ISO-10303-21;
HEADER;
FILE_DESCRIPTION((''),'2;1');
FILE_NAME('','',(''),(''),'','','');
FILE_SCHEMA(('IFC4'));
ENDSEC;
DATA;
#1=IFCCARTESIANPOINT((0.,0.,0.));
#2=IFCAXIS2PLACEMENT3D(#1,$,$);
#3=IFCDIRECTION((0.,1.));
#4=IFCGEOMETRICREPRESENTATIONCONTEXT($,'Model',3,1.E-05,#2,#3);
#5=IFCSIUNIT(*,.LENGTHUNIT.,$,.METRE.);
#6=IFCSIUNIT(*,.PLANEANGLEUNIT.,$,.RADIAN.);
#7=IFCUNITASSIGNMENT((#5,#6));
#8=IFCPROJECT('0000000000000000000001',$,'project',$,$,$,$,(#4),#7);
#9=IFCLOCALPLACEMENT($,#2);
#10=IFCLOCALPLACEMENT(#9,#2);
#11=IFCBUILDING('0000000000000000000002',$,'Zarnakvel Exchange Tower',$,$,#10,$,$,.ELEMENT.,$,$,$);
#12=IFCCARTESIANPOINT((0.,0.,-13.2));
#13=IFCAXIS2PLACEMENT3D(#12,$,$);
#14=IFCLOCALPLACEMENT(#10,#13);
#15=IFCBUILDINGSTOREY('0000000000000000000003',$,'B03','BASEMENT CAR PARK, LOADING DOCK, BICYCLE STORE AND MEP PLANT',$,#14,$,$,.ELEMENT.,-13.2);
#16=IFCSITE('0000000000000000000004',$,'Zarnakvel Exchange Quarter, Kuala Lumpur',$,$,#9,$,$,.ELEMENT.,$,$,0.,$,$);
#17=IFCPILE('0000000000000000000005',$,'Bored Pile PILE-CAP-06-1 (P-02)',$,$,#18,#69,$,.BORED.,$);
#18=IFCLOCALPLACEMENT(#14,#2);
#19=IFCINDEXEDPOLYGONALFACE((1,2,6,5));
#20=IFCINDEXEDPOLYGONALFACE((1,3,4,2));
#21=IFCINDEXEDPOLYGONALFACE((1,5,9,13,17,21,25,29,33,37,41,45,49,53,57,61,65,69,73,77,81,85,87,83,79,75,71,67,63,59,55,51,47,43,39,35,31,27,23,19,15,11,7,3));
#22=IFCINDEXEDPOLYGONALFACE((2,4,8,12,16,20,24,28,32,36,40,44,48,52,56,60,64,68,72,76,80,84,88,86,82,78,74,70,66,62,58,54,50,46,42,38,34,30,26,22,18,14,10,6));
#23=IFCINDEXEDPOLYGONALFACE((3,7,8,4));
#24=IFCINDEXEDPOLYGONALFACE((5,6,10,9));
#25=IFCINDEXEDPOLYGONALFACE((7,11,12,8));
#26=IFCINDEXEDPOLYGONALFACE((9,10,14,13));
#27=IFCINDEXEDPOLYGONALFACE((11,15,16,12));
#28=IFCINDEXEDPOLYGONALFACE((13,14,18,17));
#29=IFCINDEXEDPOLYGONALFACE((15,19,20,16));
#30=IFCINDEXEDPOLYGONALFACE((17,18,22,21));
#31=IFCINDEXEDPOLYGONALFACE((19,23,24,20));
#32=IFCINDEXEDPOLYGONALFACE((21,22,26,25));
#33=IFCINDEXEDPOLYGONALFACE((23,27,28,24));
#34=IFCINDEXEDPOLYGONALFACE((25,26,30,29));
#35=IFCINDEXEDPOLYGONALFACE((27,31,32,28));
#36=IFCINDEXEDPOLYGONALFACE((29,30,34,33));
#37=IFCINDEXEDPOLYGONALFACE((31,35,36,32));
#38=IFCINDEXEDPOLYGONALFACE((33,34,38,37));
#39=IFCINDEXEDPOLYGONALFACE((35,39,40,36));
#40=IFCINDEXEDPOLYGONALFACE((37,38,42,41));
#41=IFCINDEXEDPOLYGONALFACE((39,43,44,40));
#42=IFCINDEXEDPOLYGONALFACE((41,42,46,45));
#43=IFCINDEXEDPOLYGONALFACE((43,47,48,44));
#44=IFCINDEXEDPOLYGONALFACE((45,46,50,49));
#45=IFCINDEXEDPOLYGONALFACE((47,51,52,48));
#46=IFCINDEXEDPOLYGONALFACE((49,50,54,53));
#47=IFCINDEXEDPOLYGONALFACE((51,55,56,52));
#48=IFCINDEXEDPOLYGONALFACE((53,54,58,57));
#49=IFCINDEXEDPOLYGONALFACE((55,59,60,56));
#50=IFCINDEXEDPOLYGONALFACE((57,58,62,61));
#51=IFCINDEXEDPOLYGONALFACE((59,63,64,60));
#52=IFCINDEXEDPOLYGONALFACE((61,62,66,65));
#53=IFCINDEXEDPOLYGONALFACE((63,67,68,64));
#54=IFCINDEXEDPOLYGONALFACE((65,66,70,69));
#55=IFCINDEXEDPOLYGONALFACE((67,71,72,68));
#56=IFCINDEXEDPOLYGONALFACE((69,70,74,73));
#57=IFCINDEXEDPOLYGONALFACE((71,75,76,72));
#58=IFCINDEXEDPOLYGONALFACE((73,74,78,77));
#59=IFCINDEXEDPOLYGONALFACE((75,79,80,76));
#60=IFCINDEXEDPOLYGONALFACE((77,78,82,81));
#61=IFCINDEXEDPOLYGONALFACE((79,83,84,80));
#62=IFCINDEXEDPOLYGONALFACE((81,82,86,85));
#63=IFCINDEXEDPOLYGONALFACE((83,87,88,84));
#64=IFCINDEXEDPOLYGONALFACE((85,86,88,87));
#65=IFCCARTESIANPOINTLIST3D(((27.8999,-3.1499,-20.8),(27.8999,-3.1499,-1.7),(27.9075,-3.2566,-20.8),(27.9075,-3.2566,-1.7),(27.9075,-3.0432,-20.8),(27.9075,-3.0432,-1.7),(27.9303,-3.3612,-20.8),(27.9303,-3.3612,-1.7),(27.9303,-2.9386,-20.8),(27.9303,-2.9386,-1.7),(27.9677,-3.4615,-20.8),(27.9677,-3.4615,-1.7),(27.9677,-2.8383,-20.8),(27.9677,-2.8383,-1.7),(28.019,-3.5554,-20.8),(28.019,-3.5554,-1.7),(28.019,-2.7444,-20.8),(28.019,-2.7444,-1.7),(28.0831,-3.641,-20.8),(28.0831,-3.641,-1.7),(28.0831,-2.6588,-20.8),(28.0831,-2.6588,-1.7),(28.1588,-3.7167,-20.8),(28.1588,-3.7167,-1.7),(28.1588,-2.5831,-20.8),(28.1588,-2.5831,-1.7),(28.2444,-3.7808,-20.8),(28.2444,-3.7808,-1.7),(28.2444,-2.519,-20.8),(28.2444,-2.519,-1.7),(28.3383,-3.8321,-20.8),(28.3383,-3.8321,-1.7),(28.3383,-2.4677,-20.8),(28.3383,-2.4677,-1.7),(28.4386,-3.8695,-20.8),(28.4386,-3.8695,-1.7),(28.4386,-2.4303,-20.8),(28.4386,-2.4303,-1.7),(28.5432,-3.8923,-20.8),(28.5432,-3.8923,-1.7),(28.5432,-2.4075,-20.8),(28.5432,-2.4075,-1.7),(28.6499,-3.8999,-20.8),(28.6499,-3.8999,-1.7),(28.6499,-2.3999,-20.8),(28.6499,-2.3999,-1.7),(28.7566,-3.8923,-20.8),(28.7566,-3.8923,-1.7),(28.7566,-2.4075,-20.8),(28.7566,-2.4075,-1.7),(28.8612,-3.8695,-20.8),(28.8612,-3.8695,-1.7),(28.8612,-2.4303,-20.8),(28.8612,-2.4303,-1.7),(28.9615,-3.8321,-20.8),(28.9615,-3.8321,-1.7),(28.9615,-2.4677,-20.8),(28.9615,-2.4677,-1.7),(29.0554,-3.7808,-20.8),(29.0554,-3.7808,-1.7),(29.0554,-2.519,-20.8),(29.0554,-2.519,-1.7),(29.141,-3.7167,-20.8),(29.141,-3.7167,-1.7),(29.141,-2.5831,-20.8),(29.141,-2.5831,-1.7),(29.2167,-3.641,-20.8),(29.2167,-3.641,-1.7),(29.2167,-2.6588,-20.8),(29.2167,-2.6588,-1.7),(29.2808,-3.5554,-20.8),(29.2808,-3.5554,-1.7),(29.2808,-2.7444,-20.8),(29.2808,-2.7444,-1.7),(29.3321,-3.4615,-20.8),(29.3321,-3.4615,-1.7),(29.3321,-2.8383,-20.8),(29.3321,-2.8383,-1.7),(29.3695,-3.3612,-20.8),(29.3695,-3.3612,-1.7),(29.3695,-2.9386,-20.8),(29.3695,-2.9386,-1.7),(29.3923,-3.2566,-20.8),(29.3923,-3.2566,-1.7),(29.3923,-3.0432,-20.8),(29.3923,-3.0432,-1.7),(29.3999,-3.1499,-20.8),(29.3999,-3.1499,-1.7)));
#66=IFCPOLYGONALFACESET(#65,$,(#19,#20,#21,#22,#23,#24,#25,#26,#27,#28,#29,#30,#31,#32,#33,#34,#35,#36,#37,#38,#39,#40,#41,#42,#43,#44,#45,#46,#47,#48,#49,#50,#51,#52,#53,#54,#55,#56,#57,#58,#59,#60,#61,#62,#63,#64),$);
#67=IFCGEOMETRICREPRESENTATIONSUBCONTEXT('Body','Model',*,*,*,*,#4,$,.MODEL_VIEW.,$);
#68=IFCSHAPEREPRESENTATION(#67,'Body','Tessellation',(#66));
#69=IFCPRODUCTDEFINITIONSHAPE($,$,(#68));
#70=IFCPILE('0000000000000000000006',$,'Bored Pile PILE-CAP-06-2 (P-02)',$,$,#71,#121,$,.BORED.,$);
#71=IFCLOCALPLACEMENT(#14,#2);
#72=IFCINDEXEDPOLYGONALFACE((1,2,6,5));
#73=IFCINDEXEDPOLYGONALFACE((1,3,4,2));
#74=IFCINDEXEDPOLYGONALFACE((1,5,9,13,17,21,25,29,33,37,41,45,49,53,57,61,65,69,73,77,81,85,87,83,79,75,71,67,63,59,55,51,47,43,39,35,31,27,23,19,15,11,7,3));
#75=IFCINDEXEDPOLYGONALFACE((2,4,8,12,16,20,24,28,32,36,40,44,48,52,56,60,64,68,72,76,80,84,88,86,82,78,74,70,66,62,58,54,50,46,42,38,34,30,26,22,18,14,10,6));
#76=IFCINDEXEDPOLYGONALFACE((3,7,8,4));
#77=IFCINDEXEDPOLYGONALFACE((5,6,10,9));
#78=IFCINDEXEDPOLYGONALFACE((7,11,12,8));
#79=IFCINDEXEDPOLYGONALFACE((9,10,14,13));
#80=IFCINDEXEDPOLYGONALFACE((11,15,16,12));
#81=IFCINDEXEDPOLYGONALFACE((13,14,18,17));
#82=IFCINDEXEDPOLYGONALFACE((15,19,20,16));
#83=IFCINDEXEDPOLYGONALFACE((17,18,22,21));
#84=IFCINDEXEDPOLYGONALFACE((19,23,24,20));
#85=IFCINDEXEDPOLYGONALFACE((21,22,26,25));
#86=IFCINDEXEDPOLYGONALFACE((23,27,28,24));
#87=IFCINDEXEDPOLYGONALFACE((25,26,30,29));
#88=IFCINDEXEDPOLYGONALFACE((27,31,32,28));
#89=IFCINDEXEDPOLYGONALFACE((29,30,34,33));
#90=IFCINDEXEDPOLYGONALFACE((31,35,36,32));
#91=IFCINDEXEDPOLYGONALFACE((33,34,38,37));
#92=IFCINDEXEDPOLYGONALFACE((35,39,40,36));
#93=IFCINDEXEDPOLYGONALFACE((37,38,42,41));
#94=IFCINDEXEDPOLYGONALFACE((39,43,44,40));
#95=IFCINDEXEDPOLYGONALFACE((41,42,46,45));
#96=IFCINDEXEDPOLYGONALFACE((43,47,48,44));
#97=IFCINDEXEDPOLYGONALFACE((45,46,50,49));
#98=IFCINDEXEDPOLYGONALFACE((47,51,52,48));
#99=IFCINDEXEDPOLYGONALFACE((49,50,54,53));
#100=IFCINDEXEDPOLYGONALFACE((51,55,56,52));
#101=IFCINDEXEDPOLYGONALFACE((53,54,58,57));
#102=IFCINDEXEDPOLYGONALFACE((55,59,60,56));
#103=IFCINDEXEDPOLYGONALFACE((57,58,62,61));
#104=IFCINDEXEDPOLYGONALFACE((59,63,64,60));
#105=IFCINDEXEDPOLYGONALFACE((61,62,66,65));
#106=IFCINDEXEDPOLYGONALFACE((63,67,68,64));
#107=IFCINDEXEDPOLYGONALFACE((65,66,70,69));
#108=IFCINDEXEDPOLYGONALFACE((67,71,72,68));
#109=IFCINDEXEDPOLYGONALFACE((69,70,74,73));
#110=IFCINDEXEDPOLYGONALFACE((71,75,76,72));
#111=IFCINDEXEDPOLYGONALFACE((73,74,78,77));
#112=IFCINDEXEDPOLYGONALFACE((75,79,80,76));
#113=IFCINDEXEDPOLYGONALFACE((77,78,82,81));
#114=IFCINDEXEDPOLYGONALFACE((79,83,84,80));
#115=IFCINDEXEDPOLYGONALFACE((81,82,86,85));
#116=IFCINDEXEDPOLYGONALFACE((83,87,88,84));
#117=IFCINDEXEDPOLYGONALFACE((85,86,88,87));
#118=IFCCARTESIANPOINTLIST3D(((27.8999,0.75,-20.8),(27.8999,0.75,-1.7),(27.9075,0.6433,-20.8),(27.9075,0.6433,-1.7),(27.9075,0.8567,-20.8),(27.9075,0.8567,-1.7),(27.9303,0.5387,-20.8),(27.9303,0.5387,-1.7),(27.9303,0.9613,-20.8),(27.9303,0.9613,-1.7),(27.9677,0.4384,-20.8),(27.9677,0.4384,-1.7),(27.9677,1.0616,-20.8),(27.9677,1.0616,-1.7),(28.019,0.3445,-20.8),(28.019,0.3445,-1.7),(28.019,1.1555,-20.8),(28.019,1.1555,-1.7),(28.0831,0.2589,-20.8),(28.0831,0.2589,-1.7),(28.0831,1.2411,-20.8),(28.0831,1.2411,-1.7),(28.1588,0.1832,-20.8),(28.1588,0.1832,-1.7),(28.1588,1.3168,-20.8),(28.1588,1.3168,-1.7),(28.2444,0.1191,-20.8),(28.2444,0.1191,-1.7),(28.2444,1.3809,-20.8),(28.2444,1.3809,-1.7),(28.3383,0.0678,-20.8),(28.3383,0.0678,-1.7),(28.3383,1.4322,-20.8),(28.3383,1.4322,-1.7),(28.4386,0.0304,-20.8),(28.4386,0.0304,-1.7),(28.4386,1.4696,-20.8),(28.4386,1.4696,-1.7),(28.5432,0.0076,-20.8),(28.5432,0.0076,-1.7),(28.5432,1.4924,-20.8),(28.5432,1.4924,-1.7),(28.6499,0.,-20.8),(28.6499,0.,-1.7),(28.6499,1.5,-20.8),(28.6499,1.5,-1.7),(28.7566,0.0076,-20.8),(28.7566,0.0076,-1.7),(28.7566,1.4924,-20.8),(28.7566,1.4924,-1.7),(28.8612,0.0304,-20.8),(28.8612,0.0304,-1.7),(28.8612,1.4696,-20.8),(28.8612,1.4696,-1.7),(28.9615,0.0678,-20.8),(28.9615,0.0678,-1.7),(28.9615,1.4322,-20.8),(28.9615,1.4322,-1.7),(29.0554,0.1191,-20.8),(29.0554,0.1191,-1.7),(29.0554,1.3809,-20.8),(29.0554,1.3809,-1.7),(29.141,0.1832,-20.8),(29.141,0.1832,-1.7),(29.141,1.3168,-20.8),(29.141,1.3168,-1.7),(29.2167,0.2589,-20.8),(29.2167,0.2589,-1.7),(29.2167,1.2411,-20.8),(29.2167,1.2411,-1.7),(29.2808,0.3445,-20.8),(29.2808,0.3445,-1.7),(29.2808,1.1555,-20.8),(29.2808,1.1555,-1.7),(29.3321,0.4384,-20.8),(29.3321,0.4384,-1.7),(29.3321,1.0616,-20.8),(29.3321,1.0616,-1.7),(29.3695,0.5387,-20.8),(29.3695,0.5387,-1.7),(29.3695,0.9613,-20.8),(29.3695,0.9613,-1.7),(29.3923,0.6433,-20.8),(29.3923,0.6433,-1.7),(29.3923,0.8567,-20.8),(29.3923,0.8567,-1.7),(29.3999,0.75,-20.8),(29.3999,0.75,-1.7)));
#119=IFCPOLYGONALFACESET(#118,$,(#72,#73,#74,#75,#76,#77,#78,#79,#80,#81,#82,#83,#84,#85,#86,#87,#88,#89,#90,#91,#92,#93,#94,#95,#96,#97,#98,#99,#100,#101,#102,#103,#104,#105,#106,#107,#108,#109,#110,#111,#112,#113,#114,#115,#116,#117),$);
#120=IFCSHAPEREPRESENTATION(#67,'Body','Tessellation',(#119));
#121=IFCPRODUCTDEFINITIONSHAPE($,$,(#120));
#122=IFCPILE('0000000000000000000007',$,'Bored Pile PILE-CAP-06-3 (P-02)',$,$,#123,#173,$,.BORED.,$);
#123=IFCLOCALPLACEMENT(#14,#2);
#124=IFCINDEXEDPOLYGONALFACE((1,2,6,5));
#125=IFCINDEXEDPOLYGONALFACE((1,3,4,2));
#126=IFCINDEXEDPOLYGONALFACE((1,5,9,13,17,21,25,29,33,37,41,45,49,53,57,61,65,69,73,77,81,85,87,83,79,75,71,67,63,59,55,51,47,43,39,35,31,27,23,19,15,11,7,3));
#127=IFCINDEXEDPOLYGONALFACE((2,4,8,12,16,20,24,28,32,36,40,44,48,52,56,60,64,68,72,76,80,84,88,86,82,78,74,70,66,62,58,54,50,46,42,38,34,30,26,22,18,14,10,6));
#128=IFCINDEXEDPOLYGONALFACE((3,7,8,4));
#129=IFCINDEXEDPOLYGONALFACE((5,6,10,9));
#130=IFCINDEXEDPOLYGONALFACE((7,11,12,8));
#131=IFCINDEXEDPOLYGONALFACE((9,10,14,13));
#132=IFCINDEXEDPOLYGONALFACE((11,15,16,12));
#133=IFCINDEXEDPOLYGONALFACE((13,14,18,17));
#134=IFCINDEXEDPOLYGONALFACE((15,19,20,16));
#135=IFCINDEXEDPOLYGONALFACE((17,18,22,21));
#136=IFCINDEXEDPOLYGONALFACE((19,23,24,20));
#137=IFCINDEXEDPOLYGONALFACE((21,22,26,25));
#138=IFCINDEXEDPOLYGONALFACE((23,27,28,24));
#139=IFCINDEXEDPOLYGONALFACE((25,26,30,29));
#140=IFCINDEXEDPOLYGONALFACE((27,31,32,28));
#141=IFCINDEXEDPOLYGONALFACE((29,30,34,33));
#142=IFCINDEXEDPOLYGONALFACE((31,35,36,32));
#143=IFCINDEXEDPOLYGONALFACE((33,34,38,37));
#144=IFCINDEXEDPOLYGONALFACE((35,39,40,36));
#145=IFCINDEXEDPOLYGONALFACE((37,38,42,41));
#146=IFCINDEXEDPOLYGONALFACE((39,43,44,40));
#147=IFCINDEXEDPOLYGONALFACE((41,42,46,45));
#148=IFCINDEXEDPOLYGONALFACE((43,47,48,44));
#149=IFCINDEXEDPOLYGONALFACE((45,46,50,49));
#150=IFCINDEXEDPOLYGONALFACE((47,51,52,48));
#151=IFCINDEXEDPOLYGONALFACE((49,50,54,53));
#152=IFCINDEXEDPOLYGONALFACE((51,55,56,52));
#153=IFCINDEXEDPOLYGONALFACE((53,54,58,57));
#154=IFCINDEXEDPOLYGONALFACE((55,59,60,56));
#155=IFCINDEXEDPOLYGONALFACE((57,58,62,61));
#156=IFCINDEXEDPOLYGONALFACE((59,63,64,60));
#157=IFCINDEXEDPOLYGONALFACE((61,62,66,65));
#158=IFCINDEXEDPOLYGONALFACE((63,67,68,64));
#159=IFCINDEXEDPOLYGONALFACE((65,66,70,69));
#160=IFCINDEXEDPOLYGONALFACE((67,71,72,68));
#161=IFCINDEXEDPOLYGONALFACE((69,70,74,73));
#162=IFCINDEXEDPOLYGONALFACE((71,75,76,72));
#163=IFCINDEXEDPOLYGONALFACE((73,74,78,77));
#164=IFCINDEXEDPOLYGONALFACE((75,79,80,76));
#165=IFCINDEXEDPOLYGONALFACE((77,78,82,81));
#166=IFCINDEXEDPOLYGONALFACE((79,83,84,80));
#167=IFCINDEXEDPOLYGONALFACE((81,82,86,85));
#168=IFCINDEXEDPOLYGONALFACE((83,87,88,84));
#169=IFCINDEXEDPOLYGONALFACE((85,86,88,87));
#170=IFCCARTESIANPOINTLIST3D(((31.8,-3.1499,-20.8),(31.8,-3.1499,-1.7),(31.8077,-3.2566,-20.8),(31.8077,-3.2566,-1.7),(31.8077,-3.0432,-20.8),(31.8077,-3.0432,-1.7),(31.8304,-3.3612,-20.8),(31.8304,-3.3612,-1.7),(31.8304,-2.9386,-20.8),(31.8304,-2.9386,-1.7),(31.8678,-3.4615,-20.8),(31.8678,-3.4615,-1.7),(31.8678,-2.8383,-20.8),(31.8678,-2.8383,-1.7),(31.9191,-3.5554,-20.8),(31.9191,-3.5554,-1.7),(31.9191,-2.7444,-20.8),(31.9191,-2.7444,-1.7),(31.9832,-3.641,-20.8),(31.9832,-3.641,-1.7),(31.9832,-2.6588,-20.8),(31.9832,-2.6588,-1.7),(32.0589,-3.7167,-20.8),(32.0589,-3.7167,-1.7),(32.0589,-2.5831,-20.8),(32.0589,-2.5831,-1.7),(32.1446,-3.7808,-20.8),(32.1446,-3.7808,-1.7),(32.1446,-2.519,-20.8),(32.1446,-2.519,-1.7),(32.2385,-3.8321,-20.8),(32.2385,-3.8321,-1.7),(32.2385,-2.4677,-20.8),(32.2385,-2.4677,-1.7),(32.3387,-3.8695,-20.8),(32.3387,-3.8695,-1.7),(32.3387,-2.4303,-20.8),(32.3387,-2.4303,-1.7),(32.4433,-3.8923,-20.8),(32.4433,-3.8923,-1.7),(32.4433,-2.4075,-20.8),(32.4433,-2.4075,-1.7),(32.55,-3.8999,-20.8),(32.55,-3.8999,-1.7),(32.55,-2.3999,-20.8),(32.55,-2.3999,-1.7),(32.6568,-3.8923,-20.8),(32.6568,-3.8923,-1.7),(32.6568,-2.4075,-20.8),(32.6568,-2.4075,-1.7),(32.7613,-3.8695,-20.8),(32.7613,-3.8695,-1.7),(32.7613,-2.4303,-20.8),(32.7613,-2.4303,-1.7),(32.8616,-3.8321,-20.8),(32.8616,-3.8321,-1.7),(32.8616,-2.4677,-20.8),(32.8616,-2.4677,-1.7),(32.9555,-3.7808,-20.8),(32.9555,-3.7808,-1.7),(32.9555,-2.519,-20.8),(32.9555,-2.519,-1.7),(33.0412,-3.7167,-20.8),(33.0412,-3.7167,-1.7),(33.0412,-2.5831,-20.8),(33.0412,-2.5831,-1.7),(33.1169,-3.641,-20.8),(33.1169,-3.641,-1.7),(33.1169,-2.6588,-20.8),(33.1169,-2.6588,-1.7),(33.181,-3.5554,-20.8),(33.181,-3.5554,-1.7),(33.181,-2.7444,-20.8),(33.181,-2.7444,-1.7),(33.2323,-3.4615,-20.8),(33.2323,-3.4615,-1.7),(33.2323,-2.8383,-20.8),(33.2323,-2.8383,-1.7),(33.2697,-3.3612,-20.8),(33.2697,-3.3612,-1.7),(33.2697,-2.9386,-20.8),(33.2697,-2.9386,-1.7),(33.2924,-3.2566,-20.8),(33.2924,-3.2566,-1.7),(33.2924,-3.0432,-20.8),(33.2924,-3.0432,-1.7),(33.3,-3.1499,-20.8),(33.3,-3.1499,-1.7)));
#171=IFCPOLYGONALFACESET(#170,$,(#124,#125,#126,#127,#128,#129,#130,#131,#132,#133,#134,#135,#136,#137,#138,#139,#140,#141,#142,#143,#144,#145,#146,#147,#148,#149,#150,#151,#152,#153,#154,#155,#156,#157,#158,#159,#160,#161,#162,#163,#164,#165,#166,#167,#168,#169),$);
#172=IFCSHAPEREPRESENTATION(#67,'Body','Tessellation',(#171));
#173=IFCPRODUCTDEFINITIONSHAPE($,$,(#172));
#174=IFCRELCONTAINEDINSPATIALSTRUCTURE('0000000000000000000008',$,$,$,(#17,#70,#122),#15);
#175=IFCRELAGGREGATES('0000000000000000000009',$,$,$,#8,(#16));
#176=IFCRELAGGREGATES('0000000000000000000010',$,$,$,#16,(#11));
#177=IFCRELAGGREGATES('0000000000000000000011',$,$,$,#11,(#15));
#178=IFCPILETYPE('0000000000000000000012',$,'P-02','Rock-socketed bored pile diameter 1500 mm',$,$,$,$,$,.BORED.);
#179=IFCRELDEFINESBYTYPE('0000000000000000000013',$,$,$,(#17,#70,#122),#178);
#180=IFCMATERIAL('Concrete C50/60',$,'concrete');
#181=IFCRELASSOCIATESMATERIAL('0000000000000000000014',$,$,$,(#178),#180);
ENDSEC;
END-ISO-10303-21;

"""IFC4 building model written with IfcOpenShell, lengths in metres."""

from ifc_helpers import new_model, si_unit, direction, frame, origin, origin_2d, place, context, subcontext, project, spatial, circle, extrude, material, material_profile, profile_set, type_object, element, save


model = new_model("IFC4")

# Units and contexts
model_context = context("Model", 3, precision=1e-05, world=origin(), true_north=direction((0.0, 1.0)))
body_context = subcontext(model_context, "Body", "Model", "MODEL_VIEW")
ifc_project = project(units=[si_unit("LENGTHUNIT", "METRE"), si_unit("PLANEANGLEUNIT", "RADIAN")], contexts=[model_context])

# Site, building, storey
site_placement = place(None, origin())
site = spatial("IfcSite", under=ifc_project, at=site_placement, Name="Zarnakvel Exchange Quarter, Kuala Lumpur", CompositionType="ELEMENT", RefElevation=0.0)
building_placement = place(site_placement, origin())
building = spatial("IfcBuilding", under=site, at=building_placement, Name="Zarnakvel Exchange Tower", CompositionType="ELEMENT")
storey_placement = place(building_placement, frame((0.0, 0.0, -13.2)))
storey = spatial("IfcBuildingStorey", under=building, at=storey_placement, Name="B03", Description="BASEMENT CAR PARK, LOADING DOCK, BICYCLE STORE AND MEP PLANT", CompositionType="ELEMENT", Elevation=-13.2)

# Shared definitions
ifc_material_1 = material(Name="Concrete C50/60", Category="concrete")

# Piles
ifc_material_profile_1 = material_profile(ifc_material_1, circle(Radius=0.75, at=origin_2d()))
ifc_profile_set_1 = profile_set([ifc_material_profile_1], Name="Concrete C50/60")
pile_type_1 = type_object("IfcPileType", Name="P-02", Description="Rock-socketed bored pile diameter 1500 mm", PredefinedType="BORED", material=ifc_profile_set_1)
for number, where, z_axis, x_axis, name in (
    (1, (28.6499, -3.1499, -1.7), (0.0, 0.0, -1.0), (1.0, 0.0, 0.0), "Bored Pile PILE-CAP-06-1 (P-02)"),
    (2, (28.6499, 0.75, -1.7), (0.0, 0.0, -1.0), (1.0, 0.0, 0.0), "Bored Pile PILE-CAP-06-2 (P-02)"),
    (3, (32.55, -3.1499, -1.7), (0.0, 0.0, -1.0), (1.0, 0.0, 0.0), "Bored Pile PILE-CAP-06-3 (P-02)"),
):
    element("IfcPile", number, at=place(storey_placement, frame(where, z_axis=z_axis, x_axis=x_axis)), inside=storey, type_object=pile_type_1, Name=name, PredefinedType="BORED", context=body_context, shape_type="SweptSolid", body=[
        extrude(circle(Radius=0.75, at=origin_2d()), origin(), (0.0, 0.0, 1.0), 19.1001),
    ])

save(model, "model.ifc")
